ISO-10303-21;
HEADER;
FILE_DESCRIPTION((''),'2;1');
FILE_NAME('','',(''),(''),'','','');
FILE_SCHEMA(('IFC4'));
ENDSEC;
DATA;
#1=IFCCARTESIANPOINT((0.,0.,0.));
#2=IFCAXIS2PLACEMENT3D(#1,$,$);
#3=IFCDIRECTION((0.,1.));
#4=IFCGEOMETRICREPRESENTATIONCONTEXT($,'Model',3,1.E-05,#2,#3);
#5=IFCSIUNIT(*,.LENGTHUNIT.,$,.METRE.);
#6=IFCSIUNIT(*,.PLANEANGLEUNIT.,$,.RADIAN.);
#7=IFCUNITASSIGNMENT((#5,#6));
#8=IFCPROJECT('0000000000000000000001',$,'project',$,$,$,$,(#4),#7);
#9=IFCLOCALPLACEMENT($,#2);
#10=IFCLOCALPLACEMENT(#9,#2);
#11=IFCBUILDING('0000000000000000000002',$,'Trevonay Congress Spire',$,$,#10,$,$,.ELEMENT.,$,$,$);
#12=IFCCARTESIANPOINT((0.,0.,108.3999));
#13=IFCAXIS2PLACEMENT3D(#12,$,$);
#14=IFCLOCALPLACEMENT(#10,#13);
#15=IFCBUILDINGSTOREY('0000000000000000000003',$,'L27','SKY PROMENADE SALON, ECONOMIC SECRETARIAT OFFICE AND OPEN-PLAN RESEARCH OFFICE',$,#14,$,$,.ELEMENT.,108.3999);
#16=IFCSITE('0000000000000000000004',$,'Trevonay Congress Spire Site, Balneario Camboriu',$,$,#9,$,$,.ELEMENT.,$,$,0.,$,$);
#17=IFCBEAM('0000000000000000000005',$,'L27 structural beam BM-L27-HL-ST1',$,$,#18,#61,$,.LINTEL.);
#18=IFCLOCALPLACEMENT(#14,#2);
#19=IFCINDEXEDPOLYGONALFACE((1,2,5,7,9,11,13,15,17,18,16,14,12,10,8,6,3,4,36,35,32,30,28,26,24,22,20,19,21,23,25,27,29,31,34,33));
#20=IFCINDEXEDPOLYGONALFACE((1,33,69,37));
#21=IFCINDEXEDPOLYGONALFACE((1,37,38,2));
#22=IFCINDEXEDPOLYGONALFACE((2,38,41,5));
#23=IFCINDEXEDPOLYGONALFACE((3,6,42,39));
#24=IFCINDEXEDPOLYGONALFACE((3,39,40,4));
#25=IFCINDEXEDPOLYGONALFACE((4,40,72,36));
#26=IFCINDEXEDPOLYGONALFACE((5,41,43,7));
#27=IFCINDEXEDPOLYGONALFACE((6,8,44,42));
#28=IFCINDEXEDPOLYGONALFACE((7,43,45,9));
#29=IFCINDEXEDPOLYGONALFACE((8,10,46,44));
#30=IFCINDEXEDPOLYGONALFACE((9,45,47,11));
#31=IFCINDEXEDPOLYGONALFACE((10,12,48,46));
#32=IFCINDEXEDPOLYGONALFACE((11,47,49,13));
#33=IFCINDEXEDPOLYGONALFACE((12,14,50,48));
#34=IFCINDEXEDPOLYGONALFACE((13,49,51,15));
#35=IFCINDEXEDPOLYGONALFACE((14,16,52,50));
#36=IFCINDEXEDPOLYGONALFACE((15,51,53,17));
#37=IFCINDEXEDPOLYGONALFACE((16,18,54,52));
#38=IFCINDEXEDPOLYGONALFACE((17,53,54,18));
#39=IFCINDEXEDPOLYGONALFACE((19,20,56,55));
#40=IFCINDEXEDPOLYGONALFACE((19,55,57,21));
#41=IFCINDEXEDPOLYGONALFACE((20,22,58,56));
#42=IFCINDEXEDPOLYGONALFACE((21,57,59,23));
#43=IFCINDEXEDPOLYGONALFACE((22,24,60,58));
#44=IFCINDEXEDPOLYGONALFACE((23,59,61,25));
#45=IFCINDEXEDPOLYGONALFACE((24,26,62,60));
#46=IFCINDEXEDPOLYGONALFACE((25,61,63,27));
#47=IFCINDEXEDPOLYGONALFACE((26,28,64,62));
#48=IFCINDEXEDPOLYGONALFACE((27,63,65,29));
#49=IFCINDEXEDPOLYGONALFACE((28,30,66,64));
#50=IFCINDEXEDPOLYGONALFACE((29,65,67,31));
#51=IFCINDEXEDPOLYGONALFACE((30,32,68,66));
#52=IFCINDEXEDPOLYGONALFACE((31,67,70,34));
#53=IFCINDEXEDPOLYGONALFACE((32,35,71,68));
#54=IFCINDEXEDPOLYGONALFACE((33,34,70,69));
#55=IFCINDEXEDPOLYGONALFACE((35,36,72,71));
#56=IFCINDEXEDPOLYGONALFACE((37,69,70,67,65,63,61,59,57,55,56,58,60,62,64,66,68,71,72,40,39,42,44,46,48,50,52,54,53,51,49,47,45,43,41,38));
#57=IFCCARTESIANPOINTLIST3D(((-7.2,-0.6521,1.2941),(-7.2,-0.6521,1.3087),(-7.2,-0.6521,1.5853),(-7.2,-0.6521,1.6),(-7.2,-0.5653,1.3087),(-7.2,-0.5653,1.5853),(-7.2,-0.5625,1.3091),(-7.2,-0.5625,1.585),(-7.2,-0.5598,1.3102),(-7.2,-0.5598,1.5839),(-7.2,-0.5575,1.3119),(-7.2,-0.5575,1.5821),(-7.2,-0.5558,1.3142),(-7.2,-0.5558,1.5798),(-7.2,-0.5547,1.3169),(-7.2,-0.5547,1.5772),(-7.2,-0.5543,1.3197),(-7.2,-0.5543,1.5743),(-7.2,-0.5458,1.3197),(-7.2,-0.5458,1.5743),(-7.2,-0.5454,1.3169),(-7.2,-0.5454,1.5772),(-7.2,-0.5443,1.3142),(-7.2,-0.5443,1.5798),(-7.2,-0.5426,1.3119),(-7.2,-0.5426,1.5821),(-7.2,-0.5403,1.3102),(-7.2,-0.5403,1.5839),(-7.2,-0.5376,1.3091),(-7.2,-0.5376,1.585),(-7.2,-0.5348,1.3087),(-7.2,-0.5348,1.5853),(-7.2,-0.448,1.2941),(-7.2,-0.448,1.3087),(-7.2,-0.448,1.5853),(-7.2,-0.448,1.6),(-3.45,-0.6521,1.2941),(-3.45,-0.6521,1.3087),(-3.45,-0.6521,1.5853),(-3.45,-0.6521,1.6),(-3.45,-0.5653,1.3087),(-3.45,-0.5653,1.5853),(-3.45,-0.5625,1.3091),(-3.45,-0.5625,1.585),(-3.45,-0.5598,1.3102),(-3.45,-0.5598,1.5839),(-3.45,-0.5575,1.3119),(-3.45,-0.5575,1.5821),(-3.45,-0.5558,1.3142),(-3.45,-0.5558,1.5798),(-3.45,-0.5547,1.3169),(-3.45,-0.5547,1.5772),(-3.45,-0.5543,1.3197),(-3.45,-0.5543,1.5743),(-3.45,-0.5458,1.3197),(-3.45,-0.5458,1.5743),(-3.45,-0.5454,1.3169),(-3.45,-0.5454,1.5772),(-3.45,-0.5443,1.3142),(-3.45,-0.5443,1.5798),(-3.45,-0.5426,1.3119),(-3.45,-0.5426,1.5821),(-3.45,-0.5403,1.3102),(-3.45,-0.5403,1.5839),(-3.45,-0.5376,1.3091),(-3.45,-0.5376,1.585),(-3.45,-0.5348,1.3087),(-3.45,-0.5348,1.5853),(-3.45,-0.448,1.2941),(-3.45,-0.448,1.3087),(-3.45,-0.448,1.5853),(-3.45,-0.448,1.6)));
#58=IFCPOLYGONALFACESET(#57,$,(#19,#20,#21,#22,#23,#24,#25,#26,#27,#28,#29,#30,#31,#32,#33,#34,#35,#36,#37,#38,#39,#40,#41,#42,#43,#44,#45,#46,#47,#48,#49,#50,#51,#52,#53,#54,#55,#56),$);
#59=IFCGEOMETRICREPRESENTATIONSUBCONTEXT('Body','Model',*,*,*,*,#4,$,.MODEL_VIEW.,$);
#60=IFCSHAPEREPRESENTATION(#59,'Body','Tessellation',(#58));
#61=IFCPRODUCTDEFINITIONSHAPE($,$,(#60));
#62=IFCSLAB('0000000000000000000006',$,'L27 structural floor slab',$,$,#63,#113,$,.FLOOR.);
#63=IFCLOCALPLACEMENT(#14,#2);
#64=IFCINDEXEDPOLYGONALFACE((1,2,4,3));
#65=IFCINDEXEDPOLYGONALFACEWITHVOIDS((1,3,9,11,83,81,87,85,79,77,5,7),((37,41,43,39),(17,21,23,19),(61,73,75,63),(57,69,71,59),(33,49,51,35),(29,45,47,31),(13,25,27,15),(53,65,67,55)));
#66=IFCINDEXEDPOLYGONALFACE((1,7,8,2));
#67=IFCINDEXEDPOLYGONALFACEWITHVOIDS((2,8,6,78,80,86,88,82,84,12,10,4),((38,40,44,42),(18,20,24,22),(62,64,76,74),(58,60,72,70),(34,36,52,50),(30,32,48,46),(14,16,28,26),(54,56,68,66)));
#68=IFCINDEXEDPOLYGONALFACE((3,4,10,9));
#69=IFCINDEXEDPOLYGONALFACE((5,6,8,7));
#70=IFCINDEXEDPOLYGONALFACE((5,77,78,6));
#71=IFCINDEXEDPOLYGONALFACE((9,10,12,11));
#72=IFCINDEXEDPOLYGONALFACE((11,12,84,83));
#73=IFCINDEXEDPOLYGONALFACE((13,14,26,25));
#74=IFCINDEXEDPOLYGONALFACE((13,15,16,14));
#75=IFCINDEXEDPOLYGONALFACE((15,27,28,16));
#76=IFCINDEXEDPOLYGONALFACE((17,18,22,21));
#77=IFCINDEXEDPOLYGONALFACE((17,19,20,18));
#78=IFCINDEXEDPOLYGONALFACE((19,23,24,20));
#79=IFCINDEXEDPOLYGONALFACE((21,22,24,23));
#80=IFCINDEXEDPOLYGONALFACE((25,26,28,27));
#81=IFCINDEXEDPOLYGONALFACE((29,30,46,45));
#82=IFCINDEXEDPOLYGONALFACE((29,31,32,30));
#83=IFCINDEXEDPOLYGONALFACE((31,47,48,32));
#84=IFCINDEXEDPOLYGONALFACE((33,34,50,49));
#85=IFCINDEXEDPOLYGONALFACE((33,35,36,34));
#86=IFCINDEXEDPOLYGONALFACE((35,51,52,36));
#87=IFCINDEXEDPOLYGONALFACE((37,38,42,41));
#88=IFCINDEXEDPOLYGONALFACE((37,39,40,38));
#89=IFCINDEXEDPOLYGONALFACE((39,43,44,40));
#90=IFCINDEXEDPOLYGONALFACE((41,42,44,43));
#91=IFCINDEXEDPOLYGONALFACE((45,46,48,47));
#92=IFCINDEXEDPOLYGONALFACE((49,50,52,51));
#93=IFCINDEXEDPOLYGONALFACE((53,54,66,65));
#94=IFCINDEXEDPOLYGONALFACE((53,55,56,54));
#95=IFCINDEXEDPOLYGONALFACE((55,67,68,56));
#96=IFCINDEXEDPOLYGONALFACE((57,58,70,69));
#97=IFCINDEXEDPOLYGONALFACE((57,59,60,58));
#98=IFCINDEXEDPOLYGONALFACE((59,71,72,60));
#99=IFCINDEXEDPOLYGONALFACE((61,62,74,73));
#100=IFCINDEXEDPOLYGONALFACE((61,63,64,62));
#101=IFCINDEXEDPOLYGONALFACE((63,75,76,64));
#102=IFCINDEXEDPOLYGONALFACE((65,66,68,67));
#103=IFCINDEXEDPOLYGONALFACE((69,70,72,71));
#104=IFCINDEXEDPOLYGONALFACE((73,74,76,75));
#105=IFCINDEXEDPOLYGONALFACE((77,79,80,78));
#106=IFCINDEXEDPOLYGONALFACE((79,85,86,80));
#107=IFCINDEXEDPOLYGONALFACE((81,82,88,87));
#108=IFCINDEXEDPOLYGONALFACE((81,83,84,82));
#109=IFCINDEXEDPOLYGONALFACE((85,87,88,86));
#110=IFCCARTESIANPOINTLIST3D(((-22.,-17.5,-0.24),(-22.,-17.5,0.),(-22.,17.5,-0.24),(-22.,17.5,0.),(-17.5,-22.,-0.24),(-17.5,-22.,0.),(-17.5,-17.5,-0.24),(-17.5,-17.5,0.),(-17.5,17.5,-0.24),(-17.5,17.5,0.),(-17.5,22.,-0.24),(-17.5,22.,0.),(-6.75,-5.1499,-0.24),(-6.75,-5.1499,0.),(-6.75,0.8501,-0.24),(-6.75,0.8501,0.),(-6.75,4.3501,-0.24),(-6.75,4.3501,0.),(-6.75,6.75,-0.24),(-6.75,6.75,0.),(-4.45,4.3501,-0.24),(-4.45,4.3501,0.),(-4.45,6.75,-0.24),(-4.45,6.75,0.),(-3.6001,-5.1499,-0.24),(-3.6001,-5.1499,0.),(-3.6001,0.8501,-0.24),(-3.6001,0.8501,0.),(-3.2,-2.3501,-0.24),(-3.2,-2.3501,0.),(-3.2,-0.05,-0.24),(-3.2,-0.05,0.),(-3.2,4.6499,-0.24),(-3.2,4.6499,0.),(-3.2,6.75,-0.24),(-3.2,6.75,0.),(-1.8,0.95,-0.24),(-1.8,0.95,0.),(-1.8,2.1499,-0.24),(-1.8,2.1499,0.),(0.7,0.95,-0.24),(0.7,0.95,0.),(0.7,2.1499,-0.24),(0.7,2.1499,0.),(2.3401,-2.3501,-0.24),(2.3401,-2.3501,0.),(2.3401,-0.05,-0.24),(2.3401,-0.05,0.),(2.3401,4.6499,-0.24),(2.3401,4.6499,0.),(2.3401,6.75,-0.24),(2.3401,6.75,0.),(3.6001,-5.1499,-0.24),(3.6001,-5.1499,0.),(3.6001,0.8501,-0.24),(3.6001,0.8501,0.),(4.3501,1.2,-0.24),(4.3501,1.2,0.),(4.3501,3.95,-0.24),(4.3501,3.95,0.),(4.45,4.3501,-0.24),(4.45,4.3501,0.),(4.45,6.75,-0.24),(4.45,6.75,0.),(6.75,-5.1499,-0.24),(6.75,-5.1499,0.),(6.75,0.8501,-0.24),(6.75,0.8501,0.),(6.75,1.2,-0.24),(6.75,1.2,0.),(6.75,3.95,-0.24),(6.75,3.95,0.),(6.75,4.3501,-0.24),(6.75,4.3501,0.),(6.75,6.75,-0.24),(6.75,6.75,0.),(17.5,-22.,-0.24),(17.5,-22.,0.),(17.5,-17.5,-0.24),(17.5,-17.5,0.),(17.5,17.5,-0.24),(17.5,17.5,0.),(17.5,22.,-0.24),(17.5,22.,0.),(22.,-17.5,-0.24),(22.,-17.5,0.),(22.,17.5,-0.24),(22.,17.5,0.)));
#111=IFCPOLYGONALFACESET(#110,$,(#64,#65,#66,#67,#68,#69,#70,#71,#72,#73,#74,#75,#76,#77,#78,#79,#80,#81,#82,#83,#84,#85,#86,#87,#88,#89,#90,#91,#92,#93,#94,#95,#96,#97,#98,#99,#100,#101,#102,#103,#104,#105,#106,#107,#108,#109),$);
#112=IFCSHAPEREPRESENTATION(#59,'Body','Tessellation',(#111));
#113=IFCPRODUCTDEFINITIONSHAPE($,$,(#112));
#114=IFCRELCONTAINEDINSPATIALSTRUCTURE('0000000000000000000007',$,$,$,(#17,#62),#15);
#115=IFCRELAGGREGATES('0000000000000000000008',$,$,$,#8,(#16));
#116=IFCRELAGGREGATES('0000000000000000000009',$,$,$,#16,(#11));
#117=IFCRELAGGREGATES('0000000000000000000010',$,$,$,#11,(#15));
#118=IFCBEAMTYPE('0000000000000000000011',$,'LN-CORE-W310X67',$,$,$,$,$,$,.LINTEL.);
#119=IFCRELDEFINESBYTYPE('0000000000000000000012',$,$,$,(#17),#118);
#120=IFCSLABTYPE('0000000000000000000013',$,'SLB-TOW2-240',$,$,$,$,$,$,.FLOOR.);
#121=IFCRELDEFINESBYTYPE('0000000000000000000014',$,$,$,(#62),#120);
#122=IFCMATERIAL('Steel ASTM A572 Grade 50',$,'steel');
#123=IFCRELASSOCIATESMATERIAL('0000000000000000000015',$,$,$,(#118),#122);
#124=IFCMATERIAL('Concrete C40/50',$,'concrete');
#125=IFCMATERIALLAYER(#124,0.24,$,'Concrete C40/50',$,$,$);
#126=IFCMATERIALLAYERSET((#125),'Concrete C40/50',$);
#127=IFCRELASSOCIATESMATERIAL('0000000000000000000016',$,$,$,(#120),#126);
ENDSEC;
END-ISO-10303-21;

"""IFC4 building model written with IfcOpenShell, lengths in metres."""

from ifc_helpers import new_model, si_unit, direction, frame, origin, origin_2d, place, context, subcontext, project, spatial, polyline, i_section, outline, extrude, material, layer, layer_set, material_profile, profile_set, type_object, element, save


model = new_model("IFC4")

# Units and contexts
model_context = context("Model", 3, precision=1e-05, world=origin(), true_north=direction((0.0, 1.0)))
body_context = subcontext(model_context, "Body", "Model", "MODEL_VIEW")
ifc_project = project(units=[si_unit("LENGTHUNIT", "METRE"), si_unit("PLANEANGLEUNIT", "RADIAN")], contexts=[model_context])

# Site, building, storey
site_placement = place(None, origin())
site = spatial("IfcSite", under=ifc_project, at=site_placement, Name="Trevonay Congress Spire Site, Balneario Camboriu", CompositionType="ELEMENT", RefElevation=0.0)
building_placement = place(site_placement, origin())
building = spatial("IfcBuilding", under=site, at=building_placement, Name="Trevonay Congress Spire", CompositionType="ELEMENT")
storey_placement = place(building_placement, frame((0.0, 0.0, 108.3999)))
storey = spatial("IfcBuildingStorey", under=building, at=storey_placement, Name="L27", Description="SKY PROMENADE SALON, ECONOMIC SECRETARIAT OFFICE AND OPEN-PLAN RESEARCH OFFICE", CompositionType="ELEMENT", Elevation=108.3999)

# Shared definitions
ifc_material_1 = material(Name="Steel ASTM A572 Grade 50", Category="steel")

# Beam
ifc_material_profile_1 = material_profile(ifc_material_1, i_section(OverallWidth=0.2041, OverallDepth=0.3059, WebThickness=0.0085, FlangeThickness=0.0146, FilletRadius=0.011, at=origin_2d()), Name="W310x67")
ifc_profile_set_1 = profile_set([ifc_material_profile_1], Name="Steel ASTM A572 Grade 50")
beam_type_1 = type_object("IfcBeamType", Name="LN-CORE-W310X67", PredefinedType="LINTEL", material=ifc_profile_set_1)
beam_1_placement = place(storey_placement, frame((-7.2, -0.55, 1.447), z_axis=(1.0, 0.0, 0.0), x_axis=(0.0, 1.0, 0.0)))
element("IfcBeam", 1, at=beam_1_placement, inside=storey, type_object=beam_type_1, Name="L27 structural beam BM-L27-HL-ST1", PredefinedType="LINTEL", context=body_context, shape_type="SweptSolid", body=[
    extrude(i_section(OverallWidth=0.2041, OverallDepth=0.3059, WebThickness=0.0085, FlangeThickness=0.0146, FilletRadius=0.011, at=origin_2d()), origin(), (0.0, 0.0, 1.0), 3.75),
])

# Slab
ifc_material_2 = material(Name="Concrete C40/50", Category="concrete")
ifc_layer_1 = layer(ifc_material_2, 0.24, Name="Concrete C40/50")
ifc_layer_set_1 = layer_set([ifc_layer_1], Name="Concrete C40/50")
slab_type = type_object("IfcSlabType", Name="SLB-TOW2-240", PredefinedType="FLOOR", material=ifc_layer_set_1)
slab_placement = place(storey_placement, frame((0.0, 0.0, -0.24)))
element("IfcSlab", 2, at=slab_placement, inside=storey, type_object=slab_type, Name="L27 structural floor slab", PredefinedType="FLOOR", context=body_context, shape_type="SweptSolid", body=[
    extrude(outline(polyline([(-17.5, -22.0), (17.5, -22.0), (17.5, -17.5), (22.0, -17.5), (22.0, 17.5), (17.5, 17.5), (17.5, 22.0), (-17.5, 22.0), (-17.5, 17.5), (-22.0, 17.5), (-22.0, -17.5), (-17.5, -17.5), (-17.5, -22.0)]), holes=[polyline([(-3.6001, -5.1499), (-3.6001, 0.8501), (-6.75, 0.8501), (-6.75, -5.1499), (-3.6001, -5.1499)]), polyline([(6.75, -5.1499), (6.75, 0.8501), (3.6001, 0.8501), (3.6001, -5.1499), (6.75, -5.1499)]), polyline([(-3.2, -2.3501), (2.3401, -2.3501), (2.3401, -0.05), (-3.2, -0.05), (-3.2, -2.3501)]), polyline([(-3.2, 4.6499), (2.3401, 4.6499), (2.3401, 6.75), (-3.2, 6.75), (-3.2, 4.6499)]), polyline([(-6.75, 4.3501), (-4.45, 4.3501), (-4.45, 6.75), (-6.75, 6.75), (-6.75, 4.3501)]), polyline([(4.45, 4.3501), (6.75, 4.3501), (6.75, 6.75), (4.45, 6.75), (4.45, 4.3501)]), polyline([(4.3501, 1.2), (6.75, 1.2), (6.75, 3.95), (4.3501, 3.95), (4.3501, 1.2)]), polyline([(-1.8, 0.95), (0.7, 0.95), (0.7, 2.1499), (-1.8, 2.1499), (-1.8, 0.95)])]), origin(), (0.0, 0.0, 1.0), 0.24),
])

save(model, "model.ifc")
